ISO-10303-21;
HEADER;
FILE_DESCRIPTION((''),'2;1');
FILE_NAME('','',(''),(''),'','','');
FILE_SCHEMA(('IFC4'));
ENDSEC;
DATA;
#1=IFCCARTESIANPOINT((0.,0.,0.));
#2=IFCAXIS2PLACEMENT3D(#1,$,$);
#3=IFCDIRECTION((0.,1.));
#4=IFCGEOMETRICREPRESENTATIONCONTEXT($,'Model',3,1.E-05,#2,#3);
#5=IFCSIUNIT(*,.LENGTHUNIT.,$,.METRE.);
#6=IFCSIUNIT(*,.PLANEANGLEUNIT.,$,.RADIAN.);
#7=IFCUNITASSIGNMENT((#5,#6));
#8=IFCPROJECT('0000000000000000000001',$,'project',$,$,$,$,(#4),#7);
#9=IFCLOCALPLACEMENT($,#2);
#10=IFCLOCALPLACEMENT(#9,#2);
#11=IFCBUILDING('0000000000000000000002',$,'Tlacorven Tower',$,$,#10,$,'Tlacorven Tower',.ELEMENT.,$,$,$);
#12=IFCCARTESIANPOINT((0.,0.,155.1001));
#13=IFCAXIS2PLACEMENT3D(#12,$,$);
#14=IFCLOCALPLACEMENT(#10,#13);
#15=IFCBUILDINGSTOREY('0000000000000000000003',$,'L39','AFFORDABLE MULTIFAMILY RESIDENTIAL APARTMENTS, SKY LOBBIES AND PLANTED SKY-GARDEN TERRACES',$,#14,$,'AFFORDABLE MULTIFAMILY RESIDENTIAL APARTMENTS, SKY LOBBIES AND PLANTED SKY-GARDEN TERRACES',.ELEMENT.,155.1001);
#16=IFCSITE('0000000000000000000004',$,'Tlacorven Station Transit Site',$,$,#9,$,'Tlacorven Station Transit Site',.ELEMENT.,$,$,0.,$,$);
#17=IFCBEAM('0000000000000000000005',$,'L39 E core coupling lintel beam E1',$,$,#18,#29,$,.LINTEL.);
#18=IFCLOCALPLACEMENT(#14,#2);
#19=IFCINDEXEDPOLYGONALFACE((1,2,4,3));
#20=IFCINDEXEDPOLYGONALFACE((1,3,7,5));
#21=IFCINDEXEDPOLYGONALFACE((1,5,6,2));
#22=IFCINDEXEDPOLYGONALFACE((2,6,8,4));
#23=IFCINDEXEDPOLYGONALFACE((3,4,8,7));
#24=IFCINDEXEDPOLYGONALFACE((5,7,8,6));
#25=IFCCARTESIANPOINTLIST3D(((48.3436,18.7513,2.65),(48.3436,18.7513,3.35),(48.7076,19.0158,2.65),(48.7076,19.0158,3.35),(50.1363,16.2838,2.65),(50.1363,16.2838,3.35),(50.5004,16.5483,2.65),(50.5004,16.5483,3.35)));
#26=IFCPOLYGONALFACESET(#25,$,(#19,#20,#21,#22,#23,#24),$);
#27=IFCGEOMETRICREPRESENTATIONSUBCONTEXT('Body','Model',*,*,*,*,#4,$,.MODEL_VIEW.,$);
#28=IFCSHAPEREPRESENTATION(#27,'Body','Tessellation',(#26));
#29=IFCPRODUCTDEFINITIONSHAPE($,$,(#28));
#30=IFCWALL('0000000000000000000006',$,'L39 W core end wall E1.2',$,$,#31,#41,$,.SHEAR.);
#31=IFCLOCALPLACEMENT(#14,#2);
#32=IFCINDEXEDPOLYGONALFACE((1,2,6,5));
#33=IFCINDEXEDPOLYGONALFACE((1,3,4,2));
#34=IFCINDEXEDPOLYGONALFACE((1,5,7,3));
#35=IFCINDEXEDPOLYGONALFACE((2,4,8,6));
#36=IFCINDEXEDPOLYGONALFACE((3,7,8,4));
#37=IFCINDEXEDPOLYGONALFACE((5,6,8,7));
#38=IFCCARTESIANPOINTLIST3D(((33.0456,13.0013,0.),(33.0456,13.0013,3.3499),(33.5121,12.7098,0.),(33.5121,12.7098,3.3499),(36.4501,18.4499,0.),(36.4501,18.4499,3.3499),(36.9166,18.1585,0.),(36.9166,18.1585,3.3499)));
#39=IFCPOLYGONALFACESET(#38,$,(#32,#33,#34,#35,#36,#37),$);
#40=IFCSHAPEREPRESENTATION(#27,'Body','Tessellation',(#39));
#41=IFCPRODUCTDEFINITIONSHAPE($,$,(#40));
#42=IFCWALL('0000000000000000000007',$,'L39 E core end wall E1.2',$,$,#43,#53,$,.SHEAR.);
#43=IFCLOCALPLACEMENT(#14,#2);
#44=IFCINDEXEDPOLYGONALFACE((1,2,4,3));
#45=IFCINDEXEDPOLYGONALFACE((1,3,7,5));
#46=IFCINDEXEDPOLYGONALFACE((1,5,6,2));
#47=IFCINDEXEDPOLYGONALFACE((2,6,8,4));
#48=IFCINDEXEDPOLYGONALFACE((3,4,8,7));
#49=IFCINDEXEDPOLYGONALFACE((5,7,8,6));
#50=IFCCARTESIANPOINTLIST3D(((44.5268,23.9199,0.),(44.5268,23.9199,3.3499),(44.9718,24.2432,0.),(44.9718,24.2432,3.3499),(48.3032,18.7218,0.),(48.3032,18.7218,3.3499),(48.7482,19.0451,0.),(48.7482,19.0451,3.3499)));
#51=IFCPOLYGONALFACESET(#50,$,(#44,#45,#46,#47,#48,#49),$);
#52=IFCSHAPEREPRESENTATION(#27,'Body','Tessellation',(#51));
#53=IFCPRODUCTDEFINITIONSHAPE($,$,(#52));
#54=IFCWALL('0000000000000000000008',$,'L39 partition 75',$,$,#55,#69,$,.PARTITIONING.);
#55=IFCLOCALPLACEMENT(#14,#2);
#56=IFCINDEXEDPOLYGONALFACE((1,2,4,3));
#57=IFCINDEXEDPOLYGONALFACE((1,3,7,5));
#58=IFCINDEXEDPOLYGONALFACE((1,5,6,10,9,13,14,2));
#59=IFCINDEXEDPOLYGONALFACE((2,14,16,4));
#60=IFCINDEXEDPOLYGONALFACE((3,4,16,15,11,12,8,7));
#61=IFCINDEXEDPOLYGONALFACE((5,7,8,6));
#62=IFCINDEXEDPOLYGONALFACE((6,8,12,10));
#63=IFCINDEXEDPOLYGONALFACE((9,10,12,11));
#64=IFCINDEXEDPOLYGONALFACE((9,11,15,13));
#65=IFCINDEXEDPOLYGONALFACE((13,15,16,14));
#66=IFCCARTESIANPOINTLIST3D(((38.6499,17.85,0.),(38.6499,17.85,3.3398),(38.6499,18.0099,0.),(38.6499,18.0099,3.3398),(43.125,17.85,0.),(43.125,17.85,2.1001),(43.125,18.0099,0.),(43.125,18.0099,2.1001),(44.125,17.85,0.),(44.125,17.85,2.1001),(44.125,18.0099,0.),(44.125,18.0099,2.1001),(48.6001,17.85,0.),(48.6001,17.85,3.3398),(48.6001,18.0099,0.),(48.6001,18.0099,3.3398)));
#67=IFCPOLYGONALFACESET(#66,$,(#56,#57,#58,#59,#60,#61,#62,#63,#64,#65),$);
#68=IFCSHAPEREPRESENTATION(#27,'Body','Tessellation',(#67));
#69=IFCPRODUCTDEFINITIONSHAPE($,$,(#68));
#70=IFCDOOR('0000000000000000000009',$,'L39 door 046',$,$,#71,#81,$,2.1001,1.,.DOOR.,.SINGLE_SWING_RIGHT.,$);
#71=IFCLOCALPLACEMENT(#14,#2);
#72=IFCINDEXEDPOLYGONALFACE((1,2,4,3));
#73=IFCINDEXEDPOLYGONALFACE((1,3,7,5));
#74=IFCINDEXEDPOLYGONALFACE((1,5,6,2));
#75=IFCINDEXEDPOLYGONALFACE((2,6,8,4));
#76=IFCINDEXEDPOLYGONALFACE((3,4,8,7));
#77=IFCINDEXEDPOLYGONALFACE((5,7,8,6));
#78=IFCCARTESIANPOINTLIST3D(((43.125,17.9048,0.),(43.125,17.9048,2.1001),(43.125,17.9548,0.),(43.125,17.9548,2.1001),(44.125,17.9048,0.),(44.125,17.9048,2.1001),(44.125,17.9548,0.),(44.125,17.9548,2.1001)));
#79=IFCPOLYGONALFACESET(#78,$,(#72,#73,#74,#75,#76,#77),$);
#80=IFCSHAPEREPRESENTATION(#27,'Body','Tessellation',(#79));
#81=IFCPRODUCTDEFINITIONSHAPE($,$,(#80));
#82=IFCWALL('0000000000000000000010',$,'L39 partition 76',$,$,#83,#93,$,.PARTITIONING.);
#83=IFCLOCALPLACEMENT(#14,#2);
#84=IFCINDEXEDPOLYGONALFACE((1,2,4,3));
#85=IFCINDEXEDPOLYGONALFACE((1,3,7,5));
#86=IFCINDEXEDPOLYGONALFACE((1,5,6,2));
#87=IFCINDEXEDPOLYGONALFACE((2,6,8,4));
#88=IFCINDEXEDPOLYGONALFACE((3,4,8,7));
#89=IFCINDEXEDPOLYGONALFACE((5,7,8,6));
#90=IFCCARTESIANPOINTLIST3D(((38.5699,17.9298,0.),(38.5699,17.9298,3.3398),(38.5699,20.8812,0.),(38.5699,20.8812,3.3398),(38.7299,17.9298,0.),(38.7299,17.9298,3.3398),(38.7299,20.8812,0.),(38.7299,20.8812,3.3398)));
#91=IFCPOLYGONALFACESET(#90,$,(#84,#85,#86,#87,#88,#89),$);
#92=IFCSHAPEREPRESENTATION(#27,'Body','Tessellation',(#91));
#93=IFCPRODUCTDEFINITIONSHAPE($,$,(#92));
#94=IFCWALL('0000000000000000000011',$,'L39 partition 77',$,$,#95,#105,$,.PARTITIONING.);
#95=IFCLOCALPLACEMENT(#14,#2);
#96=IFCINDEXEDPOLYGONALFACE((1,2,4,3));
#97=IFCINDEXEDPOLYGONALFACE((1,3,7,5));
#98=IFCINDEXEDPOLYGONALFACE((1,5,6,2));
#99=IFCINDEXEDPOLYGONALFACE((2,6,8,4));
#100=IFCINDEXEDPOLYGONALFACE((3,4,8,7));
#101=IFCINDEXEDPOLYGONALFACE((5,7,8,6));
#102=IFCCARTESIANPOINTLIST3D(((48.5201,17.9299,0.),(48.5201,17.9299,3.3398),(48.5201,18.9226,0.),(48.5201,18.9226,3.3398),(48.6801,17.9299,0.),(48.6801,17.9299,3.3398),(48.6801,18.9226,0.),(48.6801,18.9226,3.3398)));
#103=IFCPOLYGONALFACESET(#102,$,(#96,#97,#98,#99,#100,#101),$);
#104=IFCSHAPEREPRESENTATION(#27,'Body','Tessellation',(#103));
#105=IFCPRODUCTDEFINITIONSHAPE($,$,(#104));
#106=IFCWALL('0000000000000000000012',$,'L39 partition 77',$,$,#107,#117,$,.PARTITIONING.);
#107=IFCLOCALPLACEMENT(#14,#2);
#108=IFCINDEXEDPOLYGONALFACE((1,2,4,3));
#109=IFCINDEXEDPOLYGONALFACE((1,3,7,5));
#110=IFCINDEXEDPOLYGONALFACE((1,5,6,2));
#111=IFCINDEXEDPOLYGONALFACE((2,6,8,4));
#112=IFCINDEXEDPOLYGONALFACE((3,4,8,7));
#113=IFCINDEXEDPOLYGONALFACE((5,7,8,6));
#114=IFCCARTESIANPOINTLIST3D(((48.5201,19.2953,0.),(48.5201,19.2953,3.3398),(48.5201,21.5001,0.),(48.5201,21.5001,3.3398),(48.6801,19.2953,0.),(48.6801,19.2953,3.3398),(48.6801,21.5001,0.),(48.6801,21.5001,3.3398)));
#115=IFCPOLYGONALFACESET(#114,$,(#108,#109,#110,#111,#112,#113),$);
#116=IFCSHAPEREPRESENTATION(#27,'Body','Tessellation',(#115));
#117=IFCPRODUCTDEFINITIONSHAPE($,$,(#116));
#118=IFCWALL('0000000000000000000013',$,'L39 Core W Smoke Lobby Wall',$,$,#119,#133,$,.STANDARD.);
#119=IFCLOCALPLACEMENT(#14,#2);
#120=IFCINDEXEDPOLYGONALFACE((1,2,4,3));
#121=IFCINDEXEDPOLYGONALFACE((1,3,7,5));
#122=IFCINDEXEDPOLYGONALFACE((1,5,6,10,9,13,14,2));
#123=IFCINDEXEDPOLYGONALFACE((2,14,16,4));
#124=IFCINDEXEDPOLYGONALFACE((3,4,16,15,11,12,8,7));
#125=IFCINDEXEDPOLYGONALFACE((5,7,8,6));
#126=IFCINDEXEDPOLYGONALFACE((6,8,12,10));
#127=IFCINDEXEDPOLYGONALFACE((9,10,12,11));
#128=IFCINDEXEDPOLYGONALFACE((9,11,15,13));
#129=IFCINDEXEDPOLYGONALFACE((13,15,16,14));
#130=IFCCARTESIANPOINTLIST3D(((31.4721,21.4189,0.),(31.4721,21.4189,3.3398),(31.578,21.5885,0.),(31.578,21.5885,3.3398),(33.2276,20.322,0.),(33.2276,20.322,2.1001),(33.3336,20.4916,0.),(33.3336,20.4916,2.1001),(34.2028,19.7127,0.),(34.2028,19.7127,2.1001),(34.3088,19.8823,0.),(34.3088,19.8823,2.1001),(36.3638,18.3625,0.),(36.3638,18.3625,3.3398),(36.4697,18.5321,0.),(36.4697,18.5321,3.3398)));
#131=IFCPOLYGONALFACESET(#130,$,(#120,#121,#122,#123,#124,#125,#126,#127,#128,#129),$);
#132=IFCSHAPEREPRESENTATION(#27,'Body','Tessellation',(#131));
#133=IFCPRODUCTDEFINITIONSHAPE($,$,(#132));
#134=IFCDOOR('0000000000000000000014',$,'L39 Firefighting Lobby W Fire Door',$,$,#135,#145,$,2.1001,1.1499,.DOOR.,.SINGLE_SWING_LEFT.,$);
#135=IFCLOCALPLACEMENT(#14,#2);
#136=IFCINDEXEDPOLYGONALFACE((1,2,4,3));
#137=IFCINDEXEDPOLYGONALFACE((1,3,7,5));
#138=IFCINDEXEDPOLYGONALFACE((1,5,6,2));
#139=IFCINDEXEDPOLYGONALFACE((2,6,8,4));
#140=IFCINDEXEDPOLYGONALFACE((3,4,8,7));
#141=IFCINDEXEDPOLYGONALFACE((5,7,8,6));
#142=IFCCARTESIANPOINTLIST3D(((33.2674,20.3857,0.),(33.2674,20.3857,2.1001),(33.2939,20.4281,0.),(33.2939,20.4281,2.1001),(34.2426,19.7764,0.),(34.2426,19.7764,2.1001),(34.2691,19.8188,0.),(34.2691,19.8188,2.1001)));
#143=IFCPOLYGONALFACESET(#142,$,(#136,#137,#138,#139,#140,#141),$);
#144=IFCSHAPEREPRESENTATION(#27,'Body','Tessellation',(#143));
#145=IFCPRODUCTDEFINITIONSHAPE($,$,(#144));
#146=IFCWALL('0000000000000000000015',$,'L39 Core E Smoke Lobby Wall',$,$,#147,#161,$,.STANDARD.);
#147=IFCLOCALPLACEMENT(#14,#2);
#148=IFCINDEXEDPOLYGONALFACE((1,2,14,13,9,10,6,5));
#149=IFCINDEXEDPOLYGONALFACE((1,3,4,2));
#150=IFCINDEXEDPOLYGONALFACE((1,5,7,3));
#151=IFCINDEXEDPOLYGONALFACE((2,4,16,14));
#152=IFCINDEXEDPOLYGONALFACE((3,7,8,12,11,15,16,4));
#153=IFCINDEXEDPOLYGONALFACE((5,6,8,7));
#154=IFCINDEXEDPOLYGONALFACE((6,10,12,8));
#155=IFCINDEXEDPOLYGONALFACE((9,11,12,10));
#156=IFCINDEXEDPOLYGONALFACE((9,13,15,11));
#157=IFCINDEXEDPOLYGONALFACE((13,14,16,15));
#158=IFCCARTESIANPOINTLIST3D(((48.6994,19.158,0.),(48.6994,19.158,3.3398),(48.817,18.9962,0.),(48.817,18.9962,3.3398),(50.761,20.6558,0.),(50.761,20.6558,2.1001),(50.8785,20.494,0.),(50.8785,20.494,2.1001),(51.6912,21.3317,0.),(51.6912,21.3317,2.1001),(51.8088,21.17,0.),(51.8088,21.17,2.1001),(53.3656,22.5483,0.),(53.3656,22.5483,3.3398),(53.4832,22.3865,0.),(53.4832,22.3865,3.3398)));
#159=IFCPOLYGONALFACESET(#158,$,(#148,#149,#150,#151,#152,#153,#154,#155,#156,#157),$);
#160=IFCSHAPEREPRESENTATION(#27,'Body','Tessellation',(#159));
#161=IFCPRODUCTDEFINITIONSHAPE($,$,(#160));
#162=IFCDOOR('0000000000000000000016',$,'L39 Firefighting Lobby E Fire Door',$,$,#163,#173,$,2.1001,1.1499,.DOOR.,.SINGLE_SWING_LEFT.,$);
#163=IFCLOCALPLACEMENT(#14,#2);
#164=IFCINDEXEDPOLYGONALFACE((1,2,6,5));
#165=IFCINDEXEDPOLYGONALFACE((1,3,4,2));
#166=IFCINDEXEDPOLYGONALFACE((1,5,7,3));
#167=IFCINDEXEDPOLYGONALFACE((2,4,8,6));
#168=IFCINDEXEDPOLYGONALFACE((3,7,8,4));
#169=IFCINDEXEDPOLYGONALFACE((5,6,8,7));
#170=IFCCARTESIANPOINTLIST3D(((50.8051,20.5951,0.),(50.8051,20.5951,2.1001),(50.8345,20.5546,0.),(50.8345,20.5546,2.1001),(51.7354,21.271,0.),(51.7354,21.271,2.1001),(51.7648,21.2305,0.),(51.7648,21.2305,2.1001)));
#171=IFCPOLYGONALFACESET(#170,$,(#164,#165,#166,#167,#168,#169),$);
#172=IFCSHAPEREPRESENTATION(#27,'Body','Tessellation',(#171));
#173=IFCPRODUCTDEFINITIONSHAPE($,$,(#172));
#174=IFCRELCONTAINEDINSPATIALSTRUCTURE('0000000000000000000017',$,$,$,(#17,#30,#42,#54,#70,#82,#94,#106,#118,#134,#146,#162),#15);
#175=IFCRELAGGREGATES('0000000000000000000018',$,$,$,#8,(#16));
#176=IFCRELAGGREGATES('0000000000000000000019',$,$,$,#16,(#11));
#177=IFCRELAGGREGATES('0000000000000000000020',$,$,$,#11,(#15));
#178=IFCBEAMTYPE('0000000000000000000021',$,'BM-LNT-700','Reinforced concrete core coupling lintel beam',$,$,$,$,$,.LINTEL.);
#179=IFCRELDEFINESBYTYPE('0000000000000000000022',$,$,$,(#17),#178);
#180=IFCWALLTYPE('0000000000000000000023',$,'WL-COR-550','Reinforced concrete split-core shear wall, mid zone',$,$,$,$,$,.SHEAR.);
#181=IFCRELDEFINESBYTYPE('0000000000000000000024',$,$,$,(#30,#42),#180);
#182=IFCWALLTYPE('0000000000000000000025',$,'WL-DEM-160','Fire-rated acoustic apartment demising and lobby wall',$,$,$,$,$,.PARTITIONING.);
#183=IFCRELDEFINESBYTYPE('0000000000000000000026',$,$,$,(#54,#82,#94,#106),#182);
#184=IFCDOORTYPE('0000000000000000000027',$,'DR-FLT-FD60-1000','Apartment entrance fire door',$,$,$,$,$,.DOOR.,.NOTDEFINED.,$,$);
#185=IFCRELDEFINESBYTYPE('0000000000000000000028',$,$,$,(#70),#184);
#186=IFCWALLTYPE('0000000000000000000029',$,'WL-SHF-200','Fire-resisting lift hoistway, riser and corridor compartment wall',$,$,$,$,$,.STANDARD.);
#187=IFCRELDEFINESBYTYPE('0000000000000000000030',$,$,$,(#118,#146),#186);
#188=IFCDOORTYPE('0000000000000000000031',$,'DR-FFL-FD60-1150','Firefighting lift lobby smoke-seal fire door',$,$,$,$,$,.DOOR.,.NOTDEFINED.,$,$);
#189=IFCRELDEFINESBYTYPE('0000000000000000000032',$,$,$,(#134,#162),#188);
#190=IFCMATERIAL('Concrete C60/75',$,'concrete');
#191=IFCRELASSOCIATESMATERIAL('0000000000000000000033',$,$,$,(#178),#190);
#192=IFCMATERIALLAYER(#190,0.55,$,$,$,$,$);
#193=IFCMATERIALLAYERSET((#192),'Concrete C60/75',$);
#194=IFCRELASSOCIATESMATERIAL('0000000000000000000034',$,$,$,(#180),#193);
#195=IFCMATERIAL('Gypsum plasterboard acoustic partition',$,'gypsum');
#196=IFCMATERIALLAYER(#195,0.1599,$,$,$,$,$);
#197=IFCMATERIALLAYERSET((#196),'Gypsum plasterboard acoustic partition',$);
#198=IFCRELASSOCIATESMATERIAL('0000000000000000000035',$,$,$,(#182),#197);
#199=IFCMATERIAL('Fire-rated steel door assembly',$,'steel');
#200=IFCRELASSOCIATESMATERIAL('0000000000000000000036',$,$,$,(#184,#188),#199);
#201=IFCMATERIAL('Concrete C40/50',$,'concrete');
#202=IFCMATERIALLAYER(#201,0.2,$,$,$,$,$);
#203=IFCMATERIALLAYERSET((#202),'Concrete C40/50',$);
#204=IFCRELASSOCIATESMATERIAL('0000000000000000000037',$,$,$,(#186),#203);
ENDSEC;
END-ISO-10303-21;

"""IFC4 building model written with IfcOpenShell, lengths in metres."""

from ifc_helpers import new_model, si_unit, direction, frame, frame_2d, origin, origin_2d, place, context, subcontext, project, spatial, rectangle, extrude, source, transform, mapped, material, layer, layer_set, material_profile, profile_set, type_object, element, fill, save


model = new_model("IFC4")

# Units and contexts
model_context = context("Model", 3, precision=1e-05, world=origin(), true_north=direction((0.0, 1.0)))
body_context = subcontext(model_context, "Body", "Model", "MODEL_VIEW")
ifc_project = project(units=[si_unit("LENGTHUNIT", "METRE"), si_unit("PLANEANGLEUNIT", "RADIAN")], contexts=[model_context])

# Site, building, storey
site_placement = place(None, origin())
site = spatial("IfcSite", under=ifc_project, at=site_placement, Name="Tlacorven Station Transit Site", LongName="Tlacorven Station Transit Site", CompositionType="ELEMENT", RefElevation=0.0)
building_placement = place(site_placement, origin())
building = spatial("IfcBuilding", under=site, at=building_placement, Name="Tlacorven Tower", LongName="Tlacorven Tower", CompositionType="ELEMENT")
storey_placement = place(building_placement, frame((0.0, 0.0, 155.1001)))
storey = spatial("IfcBuildingStorey", under=building, at=storey_placement, Name="L39", Description="AFFORDABLE MULTIFAMILY RESIDENTIAL APARTMENTS, SKY LOBBIES AND PLANTED SKY-GARDEN TERRACES", LongName="AFFORDABLE MULTIFAMILY RESIDENTIAL APARTMENTS, SKY LOBBIES AND PLANTED SKY-GARDEN TERRACES", CompositionType="ELEMENT", Elevation=155.1001)

# Beam
ifc_material_1 = material(Name="Concrete C60/75", Category="concrete")
ifc_material_profile = material_profile(ifc_material_1, rectangle(XDim=0.45, YDim=0.7, at=origin_2d()), Name="RC 450X700")
ifc_profile_set = profile_set([ifc_material_profile], Name="Concrete C60/75")
beam_type = type_object("IfcBeamType", Name="BM-LNT-700", Description="Reinforced concrete core coupling lintel beam", PredefinedType="LINTEL", material=ifc_profile_set)
shared_shape_1 = source(origin(), body_context, "Body", "SweptSolid", [
    extrude(rectangle(XDim=0.45, YDim=0.7, at=origin_2d()), origin(), (0.0, 0.0, 1.0), 3.05),
])
beam_placement = place(storey_placement, frame((50.3184, 16.416, 3.0), z_axis=(-0.587777, 0.809023, 0.0), x_axis=(-0.809023, -0.587777, 0.0)))
element("IfcBeam", 1, at=beam_placement, inside=storey, type_object=beam_type, Name="L39 E core coupling lintel beam E1", PredefinedType="LINTEL", context=body_context, shape_type="MappedRepresentation", body=[
    mapped(shared_shape_1, transform((0.0, 0.0, 0.0), scale=1.0)),
])

# Walls
ifc_layer_1 = layer(ifc_material_1, 0.55)
ifc_layer_set_1 = layer_set([ifc_layer_1], Name="Concrete C60/75")
wall_type_1 = type_object("IfcWallType", Name="WL-COR-550", Description="Reinforced concrete split-core shear wall, mid zone", PredefinedType="SHEAR", material=ifc_layer_set_1)
wall_1_placement = place(storey_placement, frame((36.6833, 18.3042, 0.0), z_axis=(0.0, 0.0, 1.0), x_axis=(-0.529896, -0.848062, 0.0)))
element("IfcWall", 2, at=wall_1_placement, inside=storey, type_object=wall_type_1, Name="L39 W core end wall E1.2", PredefinedType="SHEAR", context=body_context, shape_type="SweptSolid", body=[
    extrude(rectangle(XDim=6.4248, YDim=0.55, at=frame_2d((3.2124, 0.0))), origin(), (0.0, 0.0, 1.0), 3.3499),
])
wall_2_placement = place(storey_placement, frame((48.5256, 18.8835, 0.0), z_axis=(0.0, 0.0, 1.0), x_axis=(-0.587765, 0.809032, 0.0)))
element("IfcWall", 3, at=wall_2_placement, inside=storey, type_object=wall_type_1, Name="L39 E core end wall E1.2", PredefinedType="SHEAR", context=body_context, shape_type="SweptSolid", body=[
    extrude(rectangle(XDim=6.425, YDim=0.55, at=frame_2d((3.2124, 0.0))), origin(), (0.0, 0.0, 1.0), 3.3499),
])

# Wall, opening, door
ifc_material_2 = material(Name="Gypsum plasterboard acoustic partition", Category="gypsum")
ifc_layer_2 = layer(ifc_material_2, 0.1599)
ifc_layer_set_2 = layer_set([ifc_layer_2], Name="Gypsum plasterboard acoustic partition")
wall_type_2 = type_object("IfcWallType", Name="WL-DEM-160", Description="Fire-rated acoustic apartment demising and lobby wall", PredefinedType="PARTITIONING", material=ifc_layer_set_2)
wall_3_placement = place(storey_placement, frame((38.6499, 17.9299, 0.0), z_axis=(0.0, 0.0, 1.0), x_axis=(1.0, 0.0, 0.0)))
wall_3 = element("IfcWall", 4, at=wall_3_placement, inside=storey, type_object=wall_type_2, Name="L39 partition 75", PredefinedType="PARTITIONING", context=body_context, shape_type="SweptSolid", body=[
    extrude(rectangle(XDim=9.9502, YDim=0.1599, at=frame_2d((4.9751, 0.0))), origin(), (0.0, 0.0, 1.0), 3.3398),
])
opening_1_placement = place(wall_3_placement, frame((4.4751, 0.0, 0.0)))
opening_1 = element("IfcOpeningElement", 5, at=opening_1_placement, cuts=wall_3, PredefinedType="OPENING", context=body_context, shape_type="SweptSolid", body=[
    extrude(rectangle(XDim=1.0, YDim=2.1001, at=frame_2d((0.5, 1.05))), frame((0.0, 0.0898, 0.0), z_axis=(0.0, -1.0, 0.0), x_axis=(1.0, 0.0, 0.0)), (0.0, 0.0, 1.0), 0.1799),
])
ifc_material_3 = material(Name="Fire-rated steel door assembly", Category="steel")
door_type_1 = type_object("IfcDoorType", Name="DR-FLT-FD60-1000", Description="Apartment entrance fire door", OperationType="NOTDEFINED", PredefinedType="DOOR", material=ifc_material_3)
shared_shape_2 = source(origin(), body_context, "Body", "SweptSolid", [
    extrude(rectangle(XDim=1.0, YDim=2.1001, at=frame_2d((0.5, 1.05))), frame((0.0, 0.0249, 0.0), z_axis=(0.0, -1.0, 0.0), x_axis=(1.0, 0.0, 0.0)), (0.0, 0.0, 1.0), 0.05),
])
door_1_placement = place(opening_1_placement, origin())
door_1 = element("IfcDoor", 6, at=door_1_placement, inside=storey, type_object=door_type_1, Name="L39 door 046", OperationType="SINGLE_SWING_RIGHT", OverallHeight=2.1001, OverallWidth=1.0, PredefinedType="DOOR", context=body_context, shape_type="MappedRepresentation", body=[
    mapped(shared_shape_2, transform((0.0, 0.0, 0.0), scale=1.0)),
])
fill(opening_1, door_1)

# Walls
wall_4_placement = place(storey_placement, frame((38.6499, 17.9299, 0.0), z_axis=(0.0, 0.0, 1.0), x_axis=(0.0, 1.0, 0.0)))
element("IfcWall", 7, at=wall_4_placement, inside=storey, type_object=wall_type_2, Name="L39 partition 76", PredefinedType="PARTITIONING", context=body_context, shape_type="SweptSolid", body=[
    extrude(rectangle(XDim=2.9514, YDim=0.1599, at=frame_2d((1.4756, 0.0))), origin(), (0.0, 0.0, 1.0), 3.3398),
])
wall_5_placement = place(storey_placement, frame((48.6001, 17.9299, 0.0), z_axis=(0.0, 0.0, 1.0), x_axis=(0.0, 1.0, 0.0)))
element("IfcWall", 8, at=wall_5_placement, inside=storey, type_object=wall_type_2, Name="L39 partition 77", PredefinedType="PARTITIONING", context=body_context, shape_type="SweptSolid", body=[
    extrude(rectangle(XDim=0.9927, YDim=0.1599, at=frame_2d((0.4963, 0.0))), origin(), (0.0, 0.0, 1.0), 3.3398),
])
wall_6_placement = place(storey_placement, frame((48.6001, 19.2952, 0.0), z_axis=(0.0, 0.0, 1.0), x_axis=(0.0, 1.0, 0.0)))
element("IfcWall", 9, at=wall_6_placement, inside=storey, type_object=wall_type_2, Name="L39 partition 77", PredefinedType="PARTITIONING", context=body_context, shape_type="SweptSolid", body=[
    extrude(rectangle(XDim=2.2048, YDim=0.1599, at=frame_2d((1.1025, 0.0))), origin(), (0.0, 0.0, 1.0), 3.3398),
])

# Walls, openings, doors
ifc_material_4 = material(Name="Concrete C40/50", Category="concrete")
ifc_layer_3 = layer(ifc_material_4, 0.2)
ifc_layer_set_3 = layer_set([ifc_layer_3], Name="Concrete C40/50")
wall_type_3 = type_object("IfcWallType", Name="WL-SHF-200", Description="Fire-resisting lift hoistway, riser and corridor compartment wall", PredefinedType="STANDARD", material=ifc_layer_set_3)
wall_7_placement = place(storey_placement, frame((36.4167, 18.4473, 0.0), z_axis=(0.0, 0.0, 1.0), x_axis=(-0.848065, 0.529892, 0.0)))
wall_7 = element("IfcWall", 10, at=wall_7_placement, inside=storey, type_object=wall_type_3, Name="L39 Core W Smoke Lobby Wall", PredefinedType="STANDARD", context=body_context, shape_type="SweptSolid", body=[
    extrude(rectangle(XDim=5.7681, YDim=0.2, at=frame_2d((2.884, 0.0))), origin(), (0.0, 0.0, 1.0), 3.3398),
])
opening_2_placement = place(wall_7_placement, frame((2.5481, 0.0, 0.0)))
opening_2 = element("IfcOpeningElement", 11, at=opening_2_placement, cuts=wall_7, PredefinedType="OPENING", context=body_context, shape_type="SweptSolid", body=[
    extrude(rectangle(XDim=1.1499, YDim=2.1001, at=frame_2d((0.575, 1.05))), frame((0.0, 0.1099, 0.0), z_axis=(0.0, -1.0, 0.0), x_axis=(1.0, 0.0, 0.0)), (0.0, 0.0, 1.0), 0.22),
])
door_type_2 = type_object("IfcDoorType", Name="DR-FFL-FD60-1150", Description="Firefighting lift lobby smoke-seal fire door", OperationType="NOTDEFINED", PredefinedType="DOOR", material=ifc_material_3)
shared_shape_3 = source(origin(), body_context, "Body", "SweptSolid", [
    extrude(rectangle(XDim=1.1499, YDim=2.1001, at=frame_2d((0.575, 1.05))), frame((0.0, 0.0249, 0.0), z_axis=(0.0, -1.0, 0.0), x_axis=(1.0, 0.0, 0.0)), (0.0, 0.0, 1.0), 0.05),
])
door_2_placement = place(opening_2_placement, origin())
door_2 = element("IfcDoor", 12, at=door_2_placement, inside=storey, type_object=door_type_2, Name="L39 Firefighting Lobby W Fire Door", OperationType="SINGLE_SWING_LEFT", OverallHeight=2.1001, OverallWidth=1.1499, PredefinedType="DOOR", context=body_context, shape_type="MappedRepresentation", body=[
    mapped(shared_shape_3, transform((0.0, 0.0, 0.0), scale=1.0)),
])
fill(opening_2, door_2)
wall_8_placement = place(storey_placement, frame((48.7583, 19.0771, 0.0), z_axis=(0.0, 0.0, 1.0), x_axis=(0.809005, 0.587802, 0.0)))
wall_8 = element("IfcWall", 13, at=wall_8_placement, inside=storey, type_object=wall_type_3, Name="L39 Core E Smoke Lobby Wall", PredefinedType="STANDARD", context=body_context, shape_type="SweptSolid", body=[
    extrude(rectangle(XDim=5.7678, YDim=0.2, at=frame_2d((2.8838, 0.0))), origin(), (0.0, 0.0, 1.0), 3.3398),
])
opening_3_placement = place(wall_8_placement, frame((2.5481, 0.0, 0.0)))
opening_3 = element("IfcOpeningElement", 14, at=opening_3_placement, cuts=wall_8, PredefinedType="OPENING", context=body_context, shape_type="SweptSolid", body=[
    extrude(rectangle(XDim=1.1499, YDim=2.1001, at=frame_2d((0.575, 1.05))), frame((0.0, 0.1099, 0.0), z_axis=(0.0, -1.0, 0.0), x_axis=(1.0, 0.0, 0.0)), (0.0, 0.0, 1.0), 0.22),
])
door_3_placement = place(opening_3_placement, origin())
door_3 = element("IfcDoor", 15, at=door_3_placement, inside=storey, type_object=door_type_2, Name="L39 Firefighting Lobby E Fire Door", OperationType="SINGLE_SWING_LEFT", OverallHeight=2.1001, OverallWidth=1.1499, PredefinedType="DOOR", context=body_context, shape_type="MappedRepresentation", body=[
    mapped(shared_shape_3, transform((0.0, 0.0, 0.0), scale=1.0)),
])
fill(opening_3, door_3)

save(model, "model.ifc")
